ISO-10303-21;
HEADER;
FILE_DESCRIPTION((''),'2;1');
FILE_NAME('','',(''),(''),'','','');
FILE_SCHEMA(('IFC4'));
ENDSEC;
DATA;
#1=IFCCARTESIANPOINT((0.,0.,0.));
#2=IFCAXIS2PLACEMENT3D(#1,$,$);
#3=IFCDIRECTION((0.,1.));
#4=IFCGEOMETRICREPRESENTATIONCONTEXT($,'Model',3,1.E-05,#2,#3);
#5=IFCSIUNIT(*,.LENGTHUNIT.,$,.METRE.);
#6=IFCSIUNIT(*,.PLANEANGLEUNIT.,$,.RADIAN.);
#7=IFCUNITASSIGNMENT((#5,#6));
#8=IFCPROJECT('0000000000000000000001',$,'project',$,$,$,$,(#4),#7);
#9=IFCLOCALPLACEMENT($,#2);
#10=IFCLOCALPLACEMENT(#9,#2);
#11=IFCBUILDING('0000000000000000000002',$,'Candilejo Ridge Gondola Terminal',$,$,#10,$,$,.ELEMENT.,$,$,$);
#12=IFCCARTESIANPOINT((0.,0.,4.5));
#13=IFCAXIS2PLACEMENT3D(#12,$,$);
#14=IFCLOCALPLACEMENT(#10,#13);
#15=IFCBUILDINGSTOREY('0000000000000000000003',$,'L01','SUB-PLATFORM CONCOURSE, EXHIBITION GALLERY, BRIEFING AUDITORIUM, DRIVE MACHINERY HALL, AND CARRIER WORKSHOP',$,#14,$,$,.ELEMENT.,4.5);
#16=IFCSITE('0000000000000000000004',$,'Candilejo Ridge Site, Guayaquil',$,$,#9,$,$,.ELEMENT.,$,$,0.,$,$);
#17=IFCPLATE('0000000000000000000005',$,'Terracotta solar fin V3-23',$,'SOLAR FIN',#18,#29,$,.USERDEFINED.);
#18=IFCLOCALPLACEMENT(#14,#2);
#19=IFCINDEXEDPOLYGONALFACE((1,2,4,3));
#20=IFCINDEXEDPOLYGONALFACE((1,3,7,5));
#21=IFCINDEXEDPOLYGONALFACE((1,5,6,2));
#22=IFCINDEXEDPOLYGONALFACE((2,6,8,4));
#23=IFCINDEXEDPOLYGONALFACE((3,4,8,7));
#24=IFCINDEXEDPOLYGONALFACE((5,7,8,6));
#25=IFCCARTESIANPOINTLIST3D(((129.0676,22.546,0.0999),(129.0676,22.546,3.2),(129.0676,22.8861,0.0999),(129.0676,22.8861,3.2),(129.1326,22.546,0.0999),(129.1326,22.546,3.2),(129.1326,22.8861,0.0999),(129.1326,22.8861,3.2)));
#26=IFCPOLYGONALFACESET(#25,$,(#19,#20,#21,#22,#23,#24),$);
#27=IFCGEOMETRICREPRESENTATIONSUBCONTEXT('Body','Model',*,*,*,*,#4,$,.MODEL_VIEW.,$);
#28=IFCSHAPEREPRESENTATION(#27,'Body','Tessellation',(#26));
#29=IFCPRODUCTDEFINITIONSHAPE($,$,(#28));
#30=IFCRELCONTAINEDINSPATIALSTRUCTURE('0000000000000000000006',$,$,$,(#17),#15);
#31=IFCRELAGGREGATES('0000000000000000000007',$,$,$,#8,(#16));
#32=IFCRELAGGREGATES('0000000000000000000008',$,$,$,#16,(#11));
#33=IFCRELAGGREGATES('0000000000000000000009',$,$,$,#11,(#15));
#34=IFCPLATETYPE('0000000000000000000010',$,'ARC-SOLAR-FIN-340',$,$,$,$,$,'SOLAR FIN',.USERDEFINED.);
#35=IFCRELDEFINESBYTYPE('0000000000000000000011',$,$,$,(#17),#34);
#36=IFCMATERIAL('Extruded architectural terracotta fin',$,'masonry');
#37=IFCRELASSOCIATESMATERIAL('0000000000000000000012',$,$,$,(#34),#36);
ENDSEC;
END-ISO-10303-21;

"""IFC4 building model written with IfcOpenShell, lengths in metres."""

from ifc_helpers import new_model, si_unit, direction, frame, origin, origin_2d, place, context, subcontext, project, spatial, rectangle, extrude, material, type_object, element, save


model = new_model("IFC4")

# Units and contexts
model_context = context("Model", 3, precision=1e-05, world=origin(), true_north=direction((0.0, 1.0)))
body_context = subcontext(model_context, "Body", "Model", "MODEL_VIEW")
ifc_project = project(units=[si_unit("LENGTHUNIT", "METRE"), si_unit("PLANEANGLEUNIT", "RADIAN")], contexts=[model_context])

# Site, building, storey
site_placement = place(None, origin())
site = spatial("IfcSite", under=ifc_project, at=site_placement, Name="Candilejo Ridge Site, Guayaquil", CompositionType="ELEMENT", RefElevation=0.0)
building_placement = place(site_placement, origin())
building = spatial("IfcBuilding", under=site, at=building_placement, Name="Candilejo Ridge Gondola Terminal", CompositionType="ELEMENT")
storey_placement = place(building_placement, frame((0.0, 0.0, 4.5)))
storey = spatial("IfcBuildingStorey", under=building, at=storey_placement, Name="L01", Description="SUB-PLATFORM CONCOURSE, EXHIBITION GALLERY, BRIEFING AUDITORIUM, DRIVE MACHINERY HALL, AND CARRIER WORKSHOP", CompositionType="ELEMENT", Elevation=4.5)

# Plate
ifc_material_1 = material(Name="Extruded architectural terracotta fin", Category="masonry")
plate_type_1 = type_object("IfcPlateType", Name="ARC-SOLAR-FIN-340", ElementType="SOLAR FIN", PredefinedType="USERDEFINED", material=ifc_material_1)
plate_1_placement = place(storey_placement, frame((129.1001, 22.7161, 0.0999), z_axis=(0.0, 0.0, 1.0), x_axis=(1.0, 0.0, 0.0)))
element("IfcPlate", 1, at=plate_1_placement, inside=storey, type_object=plate_type_1, Name="Terracotta solar fin V3-23", ObjectType="SOLAR FIN", PredefinedType="USERDEFINED", context=body_context, shape_type="SweptSolid", body=[
    extrude(rectangle(XDim=0.0649, YDim=0.3401, at=origin_2d()), origin(), (0.0, 0.0, 1.0), 3.1001),
])

save(model, "model.ifc")
